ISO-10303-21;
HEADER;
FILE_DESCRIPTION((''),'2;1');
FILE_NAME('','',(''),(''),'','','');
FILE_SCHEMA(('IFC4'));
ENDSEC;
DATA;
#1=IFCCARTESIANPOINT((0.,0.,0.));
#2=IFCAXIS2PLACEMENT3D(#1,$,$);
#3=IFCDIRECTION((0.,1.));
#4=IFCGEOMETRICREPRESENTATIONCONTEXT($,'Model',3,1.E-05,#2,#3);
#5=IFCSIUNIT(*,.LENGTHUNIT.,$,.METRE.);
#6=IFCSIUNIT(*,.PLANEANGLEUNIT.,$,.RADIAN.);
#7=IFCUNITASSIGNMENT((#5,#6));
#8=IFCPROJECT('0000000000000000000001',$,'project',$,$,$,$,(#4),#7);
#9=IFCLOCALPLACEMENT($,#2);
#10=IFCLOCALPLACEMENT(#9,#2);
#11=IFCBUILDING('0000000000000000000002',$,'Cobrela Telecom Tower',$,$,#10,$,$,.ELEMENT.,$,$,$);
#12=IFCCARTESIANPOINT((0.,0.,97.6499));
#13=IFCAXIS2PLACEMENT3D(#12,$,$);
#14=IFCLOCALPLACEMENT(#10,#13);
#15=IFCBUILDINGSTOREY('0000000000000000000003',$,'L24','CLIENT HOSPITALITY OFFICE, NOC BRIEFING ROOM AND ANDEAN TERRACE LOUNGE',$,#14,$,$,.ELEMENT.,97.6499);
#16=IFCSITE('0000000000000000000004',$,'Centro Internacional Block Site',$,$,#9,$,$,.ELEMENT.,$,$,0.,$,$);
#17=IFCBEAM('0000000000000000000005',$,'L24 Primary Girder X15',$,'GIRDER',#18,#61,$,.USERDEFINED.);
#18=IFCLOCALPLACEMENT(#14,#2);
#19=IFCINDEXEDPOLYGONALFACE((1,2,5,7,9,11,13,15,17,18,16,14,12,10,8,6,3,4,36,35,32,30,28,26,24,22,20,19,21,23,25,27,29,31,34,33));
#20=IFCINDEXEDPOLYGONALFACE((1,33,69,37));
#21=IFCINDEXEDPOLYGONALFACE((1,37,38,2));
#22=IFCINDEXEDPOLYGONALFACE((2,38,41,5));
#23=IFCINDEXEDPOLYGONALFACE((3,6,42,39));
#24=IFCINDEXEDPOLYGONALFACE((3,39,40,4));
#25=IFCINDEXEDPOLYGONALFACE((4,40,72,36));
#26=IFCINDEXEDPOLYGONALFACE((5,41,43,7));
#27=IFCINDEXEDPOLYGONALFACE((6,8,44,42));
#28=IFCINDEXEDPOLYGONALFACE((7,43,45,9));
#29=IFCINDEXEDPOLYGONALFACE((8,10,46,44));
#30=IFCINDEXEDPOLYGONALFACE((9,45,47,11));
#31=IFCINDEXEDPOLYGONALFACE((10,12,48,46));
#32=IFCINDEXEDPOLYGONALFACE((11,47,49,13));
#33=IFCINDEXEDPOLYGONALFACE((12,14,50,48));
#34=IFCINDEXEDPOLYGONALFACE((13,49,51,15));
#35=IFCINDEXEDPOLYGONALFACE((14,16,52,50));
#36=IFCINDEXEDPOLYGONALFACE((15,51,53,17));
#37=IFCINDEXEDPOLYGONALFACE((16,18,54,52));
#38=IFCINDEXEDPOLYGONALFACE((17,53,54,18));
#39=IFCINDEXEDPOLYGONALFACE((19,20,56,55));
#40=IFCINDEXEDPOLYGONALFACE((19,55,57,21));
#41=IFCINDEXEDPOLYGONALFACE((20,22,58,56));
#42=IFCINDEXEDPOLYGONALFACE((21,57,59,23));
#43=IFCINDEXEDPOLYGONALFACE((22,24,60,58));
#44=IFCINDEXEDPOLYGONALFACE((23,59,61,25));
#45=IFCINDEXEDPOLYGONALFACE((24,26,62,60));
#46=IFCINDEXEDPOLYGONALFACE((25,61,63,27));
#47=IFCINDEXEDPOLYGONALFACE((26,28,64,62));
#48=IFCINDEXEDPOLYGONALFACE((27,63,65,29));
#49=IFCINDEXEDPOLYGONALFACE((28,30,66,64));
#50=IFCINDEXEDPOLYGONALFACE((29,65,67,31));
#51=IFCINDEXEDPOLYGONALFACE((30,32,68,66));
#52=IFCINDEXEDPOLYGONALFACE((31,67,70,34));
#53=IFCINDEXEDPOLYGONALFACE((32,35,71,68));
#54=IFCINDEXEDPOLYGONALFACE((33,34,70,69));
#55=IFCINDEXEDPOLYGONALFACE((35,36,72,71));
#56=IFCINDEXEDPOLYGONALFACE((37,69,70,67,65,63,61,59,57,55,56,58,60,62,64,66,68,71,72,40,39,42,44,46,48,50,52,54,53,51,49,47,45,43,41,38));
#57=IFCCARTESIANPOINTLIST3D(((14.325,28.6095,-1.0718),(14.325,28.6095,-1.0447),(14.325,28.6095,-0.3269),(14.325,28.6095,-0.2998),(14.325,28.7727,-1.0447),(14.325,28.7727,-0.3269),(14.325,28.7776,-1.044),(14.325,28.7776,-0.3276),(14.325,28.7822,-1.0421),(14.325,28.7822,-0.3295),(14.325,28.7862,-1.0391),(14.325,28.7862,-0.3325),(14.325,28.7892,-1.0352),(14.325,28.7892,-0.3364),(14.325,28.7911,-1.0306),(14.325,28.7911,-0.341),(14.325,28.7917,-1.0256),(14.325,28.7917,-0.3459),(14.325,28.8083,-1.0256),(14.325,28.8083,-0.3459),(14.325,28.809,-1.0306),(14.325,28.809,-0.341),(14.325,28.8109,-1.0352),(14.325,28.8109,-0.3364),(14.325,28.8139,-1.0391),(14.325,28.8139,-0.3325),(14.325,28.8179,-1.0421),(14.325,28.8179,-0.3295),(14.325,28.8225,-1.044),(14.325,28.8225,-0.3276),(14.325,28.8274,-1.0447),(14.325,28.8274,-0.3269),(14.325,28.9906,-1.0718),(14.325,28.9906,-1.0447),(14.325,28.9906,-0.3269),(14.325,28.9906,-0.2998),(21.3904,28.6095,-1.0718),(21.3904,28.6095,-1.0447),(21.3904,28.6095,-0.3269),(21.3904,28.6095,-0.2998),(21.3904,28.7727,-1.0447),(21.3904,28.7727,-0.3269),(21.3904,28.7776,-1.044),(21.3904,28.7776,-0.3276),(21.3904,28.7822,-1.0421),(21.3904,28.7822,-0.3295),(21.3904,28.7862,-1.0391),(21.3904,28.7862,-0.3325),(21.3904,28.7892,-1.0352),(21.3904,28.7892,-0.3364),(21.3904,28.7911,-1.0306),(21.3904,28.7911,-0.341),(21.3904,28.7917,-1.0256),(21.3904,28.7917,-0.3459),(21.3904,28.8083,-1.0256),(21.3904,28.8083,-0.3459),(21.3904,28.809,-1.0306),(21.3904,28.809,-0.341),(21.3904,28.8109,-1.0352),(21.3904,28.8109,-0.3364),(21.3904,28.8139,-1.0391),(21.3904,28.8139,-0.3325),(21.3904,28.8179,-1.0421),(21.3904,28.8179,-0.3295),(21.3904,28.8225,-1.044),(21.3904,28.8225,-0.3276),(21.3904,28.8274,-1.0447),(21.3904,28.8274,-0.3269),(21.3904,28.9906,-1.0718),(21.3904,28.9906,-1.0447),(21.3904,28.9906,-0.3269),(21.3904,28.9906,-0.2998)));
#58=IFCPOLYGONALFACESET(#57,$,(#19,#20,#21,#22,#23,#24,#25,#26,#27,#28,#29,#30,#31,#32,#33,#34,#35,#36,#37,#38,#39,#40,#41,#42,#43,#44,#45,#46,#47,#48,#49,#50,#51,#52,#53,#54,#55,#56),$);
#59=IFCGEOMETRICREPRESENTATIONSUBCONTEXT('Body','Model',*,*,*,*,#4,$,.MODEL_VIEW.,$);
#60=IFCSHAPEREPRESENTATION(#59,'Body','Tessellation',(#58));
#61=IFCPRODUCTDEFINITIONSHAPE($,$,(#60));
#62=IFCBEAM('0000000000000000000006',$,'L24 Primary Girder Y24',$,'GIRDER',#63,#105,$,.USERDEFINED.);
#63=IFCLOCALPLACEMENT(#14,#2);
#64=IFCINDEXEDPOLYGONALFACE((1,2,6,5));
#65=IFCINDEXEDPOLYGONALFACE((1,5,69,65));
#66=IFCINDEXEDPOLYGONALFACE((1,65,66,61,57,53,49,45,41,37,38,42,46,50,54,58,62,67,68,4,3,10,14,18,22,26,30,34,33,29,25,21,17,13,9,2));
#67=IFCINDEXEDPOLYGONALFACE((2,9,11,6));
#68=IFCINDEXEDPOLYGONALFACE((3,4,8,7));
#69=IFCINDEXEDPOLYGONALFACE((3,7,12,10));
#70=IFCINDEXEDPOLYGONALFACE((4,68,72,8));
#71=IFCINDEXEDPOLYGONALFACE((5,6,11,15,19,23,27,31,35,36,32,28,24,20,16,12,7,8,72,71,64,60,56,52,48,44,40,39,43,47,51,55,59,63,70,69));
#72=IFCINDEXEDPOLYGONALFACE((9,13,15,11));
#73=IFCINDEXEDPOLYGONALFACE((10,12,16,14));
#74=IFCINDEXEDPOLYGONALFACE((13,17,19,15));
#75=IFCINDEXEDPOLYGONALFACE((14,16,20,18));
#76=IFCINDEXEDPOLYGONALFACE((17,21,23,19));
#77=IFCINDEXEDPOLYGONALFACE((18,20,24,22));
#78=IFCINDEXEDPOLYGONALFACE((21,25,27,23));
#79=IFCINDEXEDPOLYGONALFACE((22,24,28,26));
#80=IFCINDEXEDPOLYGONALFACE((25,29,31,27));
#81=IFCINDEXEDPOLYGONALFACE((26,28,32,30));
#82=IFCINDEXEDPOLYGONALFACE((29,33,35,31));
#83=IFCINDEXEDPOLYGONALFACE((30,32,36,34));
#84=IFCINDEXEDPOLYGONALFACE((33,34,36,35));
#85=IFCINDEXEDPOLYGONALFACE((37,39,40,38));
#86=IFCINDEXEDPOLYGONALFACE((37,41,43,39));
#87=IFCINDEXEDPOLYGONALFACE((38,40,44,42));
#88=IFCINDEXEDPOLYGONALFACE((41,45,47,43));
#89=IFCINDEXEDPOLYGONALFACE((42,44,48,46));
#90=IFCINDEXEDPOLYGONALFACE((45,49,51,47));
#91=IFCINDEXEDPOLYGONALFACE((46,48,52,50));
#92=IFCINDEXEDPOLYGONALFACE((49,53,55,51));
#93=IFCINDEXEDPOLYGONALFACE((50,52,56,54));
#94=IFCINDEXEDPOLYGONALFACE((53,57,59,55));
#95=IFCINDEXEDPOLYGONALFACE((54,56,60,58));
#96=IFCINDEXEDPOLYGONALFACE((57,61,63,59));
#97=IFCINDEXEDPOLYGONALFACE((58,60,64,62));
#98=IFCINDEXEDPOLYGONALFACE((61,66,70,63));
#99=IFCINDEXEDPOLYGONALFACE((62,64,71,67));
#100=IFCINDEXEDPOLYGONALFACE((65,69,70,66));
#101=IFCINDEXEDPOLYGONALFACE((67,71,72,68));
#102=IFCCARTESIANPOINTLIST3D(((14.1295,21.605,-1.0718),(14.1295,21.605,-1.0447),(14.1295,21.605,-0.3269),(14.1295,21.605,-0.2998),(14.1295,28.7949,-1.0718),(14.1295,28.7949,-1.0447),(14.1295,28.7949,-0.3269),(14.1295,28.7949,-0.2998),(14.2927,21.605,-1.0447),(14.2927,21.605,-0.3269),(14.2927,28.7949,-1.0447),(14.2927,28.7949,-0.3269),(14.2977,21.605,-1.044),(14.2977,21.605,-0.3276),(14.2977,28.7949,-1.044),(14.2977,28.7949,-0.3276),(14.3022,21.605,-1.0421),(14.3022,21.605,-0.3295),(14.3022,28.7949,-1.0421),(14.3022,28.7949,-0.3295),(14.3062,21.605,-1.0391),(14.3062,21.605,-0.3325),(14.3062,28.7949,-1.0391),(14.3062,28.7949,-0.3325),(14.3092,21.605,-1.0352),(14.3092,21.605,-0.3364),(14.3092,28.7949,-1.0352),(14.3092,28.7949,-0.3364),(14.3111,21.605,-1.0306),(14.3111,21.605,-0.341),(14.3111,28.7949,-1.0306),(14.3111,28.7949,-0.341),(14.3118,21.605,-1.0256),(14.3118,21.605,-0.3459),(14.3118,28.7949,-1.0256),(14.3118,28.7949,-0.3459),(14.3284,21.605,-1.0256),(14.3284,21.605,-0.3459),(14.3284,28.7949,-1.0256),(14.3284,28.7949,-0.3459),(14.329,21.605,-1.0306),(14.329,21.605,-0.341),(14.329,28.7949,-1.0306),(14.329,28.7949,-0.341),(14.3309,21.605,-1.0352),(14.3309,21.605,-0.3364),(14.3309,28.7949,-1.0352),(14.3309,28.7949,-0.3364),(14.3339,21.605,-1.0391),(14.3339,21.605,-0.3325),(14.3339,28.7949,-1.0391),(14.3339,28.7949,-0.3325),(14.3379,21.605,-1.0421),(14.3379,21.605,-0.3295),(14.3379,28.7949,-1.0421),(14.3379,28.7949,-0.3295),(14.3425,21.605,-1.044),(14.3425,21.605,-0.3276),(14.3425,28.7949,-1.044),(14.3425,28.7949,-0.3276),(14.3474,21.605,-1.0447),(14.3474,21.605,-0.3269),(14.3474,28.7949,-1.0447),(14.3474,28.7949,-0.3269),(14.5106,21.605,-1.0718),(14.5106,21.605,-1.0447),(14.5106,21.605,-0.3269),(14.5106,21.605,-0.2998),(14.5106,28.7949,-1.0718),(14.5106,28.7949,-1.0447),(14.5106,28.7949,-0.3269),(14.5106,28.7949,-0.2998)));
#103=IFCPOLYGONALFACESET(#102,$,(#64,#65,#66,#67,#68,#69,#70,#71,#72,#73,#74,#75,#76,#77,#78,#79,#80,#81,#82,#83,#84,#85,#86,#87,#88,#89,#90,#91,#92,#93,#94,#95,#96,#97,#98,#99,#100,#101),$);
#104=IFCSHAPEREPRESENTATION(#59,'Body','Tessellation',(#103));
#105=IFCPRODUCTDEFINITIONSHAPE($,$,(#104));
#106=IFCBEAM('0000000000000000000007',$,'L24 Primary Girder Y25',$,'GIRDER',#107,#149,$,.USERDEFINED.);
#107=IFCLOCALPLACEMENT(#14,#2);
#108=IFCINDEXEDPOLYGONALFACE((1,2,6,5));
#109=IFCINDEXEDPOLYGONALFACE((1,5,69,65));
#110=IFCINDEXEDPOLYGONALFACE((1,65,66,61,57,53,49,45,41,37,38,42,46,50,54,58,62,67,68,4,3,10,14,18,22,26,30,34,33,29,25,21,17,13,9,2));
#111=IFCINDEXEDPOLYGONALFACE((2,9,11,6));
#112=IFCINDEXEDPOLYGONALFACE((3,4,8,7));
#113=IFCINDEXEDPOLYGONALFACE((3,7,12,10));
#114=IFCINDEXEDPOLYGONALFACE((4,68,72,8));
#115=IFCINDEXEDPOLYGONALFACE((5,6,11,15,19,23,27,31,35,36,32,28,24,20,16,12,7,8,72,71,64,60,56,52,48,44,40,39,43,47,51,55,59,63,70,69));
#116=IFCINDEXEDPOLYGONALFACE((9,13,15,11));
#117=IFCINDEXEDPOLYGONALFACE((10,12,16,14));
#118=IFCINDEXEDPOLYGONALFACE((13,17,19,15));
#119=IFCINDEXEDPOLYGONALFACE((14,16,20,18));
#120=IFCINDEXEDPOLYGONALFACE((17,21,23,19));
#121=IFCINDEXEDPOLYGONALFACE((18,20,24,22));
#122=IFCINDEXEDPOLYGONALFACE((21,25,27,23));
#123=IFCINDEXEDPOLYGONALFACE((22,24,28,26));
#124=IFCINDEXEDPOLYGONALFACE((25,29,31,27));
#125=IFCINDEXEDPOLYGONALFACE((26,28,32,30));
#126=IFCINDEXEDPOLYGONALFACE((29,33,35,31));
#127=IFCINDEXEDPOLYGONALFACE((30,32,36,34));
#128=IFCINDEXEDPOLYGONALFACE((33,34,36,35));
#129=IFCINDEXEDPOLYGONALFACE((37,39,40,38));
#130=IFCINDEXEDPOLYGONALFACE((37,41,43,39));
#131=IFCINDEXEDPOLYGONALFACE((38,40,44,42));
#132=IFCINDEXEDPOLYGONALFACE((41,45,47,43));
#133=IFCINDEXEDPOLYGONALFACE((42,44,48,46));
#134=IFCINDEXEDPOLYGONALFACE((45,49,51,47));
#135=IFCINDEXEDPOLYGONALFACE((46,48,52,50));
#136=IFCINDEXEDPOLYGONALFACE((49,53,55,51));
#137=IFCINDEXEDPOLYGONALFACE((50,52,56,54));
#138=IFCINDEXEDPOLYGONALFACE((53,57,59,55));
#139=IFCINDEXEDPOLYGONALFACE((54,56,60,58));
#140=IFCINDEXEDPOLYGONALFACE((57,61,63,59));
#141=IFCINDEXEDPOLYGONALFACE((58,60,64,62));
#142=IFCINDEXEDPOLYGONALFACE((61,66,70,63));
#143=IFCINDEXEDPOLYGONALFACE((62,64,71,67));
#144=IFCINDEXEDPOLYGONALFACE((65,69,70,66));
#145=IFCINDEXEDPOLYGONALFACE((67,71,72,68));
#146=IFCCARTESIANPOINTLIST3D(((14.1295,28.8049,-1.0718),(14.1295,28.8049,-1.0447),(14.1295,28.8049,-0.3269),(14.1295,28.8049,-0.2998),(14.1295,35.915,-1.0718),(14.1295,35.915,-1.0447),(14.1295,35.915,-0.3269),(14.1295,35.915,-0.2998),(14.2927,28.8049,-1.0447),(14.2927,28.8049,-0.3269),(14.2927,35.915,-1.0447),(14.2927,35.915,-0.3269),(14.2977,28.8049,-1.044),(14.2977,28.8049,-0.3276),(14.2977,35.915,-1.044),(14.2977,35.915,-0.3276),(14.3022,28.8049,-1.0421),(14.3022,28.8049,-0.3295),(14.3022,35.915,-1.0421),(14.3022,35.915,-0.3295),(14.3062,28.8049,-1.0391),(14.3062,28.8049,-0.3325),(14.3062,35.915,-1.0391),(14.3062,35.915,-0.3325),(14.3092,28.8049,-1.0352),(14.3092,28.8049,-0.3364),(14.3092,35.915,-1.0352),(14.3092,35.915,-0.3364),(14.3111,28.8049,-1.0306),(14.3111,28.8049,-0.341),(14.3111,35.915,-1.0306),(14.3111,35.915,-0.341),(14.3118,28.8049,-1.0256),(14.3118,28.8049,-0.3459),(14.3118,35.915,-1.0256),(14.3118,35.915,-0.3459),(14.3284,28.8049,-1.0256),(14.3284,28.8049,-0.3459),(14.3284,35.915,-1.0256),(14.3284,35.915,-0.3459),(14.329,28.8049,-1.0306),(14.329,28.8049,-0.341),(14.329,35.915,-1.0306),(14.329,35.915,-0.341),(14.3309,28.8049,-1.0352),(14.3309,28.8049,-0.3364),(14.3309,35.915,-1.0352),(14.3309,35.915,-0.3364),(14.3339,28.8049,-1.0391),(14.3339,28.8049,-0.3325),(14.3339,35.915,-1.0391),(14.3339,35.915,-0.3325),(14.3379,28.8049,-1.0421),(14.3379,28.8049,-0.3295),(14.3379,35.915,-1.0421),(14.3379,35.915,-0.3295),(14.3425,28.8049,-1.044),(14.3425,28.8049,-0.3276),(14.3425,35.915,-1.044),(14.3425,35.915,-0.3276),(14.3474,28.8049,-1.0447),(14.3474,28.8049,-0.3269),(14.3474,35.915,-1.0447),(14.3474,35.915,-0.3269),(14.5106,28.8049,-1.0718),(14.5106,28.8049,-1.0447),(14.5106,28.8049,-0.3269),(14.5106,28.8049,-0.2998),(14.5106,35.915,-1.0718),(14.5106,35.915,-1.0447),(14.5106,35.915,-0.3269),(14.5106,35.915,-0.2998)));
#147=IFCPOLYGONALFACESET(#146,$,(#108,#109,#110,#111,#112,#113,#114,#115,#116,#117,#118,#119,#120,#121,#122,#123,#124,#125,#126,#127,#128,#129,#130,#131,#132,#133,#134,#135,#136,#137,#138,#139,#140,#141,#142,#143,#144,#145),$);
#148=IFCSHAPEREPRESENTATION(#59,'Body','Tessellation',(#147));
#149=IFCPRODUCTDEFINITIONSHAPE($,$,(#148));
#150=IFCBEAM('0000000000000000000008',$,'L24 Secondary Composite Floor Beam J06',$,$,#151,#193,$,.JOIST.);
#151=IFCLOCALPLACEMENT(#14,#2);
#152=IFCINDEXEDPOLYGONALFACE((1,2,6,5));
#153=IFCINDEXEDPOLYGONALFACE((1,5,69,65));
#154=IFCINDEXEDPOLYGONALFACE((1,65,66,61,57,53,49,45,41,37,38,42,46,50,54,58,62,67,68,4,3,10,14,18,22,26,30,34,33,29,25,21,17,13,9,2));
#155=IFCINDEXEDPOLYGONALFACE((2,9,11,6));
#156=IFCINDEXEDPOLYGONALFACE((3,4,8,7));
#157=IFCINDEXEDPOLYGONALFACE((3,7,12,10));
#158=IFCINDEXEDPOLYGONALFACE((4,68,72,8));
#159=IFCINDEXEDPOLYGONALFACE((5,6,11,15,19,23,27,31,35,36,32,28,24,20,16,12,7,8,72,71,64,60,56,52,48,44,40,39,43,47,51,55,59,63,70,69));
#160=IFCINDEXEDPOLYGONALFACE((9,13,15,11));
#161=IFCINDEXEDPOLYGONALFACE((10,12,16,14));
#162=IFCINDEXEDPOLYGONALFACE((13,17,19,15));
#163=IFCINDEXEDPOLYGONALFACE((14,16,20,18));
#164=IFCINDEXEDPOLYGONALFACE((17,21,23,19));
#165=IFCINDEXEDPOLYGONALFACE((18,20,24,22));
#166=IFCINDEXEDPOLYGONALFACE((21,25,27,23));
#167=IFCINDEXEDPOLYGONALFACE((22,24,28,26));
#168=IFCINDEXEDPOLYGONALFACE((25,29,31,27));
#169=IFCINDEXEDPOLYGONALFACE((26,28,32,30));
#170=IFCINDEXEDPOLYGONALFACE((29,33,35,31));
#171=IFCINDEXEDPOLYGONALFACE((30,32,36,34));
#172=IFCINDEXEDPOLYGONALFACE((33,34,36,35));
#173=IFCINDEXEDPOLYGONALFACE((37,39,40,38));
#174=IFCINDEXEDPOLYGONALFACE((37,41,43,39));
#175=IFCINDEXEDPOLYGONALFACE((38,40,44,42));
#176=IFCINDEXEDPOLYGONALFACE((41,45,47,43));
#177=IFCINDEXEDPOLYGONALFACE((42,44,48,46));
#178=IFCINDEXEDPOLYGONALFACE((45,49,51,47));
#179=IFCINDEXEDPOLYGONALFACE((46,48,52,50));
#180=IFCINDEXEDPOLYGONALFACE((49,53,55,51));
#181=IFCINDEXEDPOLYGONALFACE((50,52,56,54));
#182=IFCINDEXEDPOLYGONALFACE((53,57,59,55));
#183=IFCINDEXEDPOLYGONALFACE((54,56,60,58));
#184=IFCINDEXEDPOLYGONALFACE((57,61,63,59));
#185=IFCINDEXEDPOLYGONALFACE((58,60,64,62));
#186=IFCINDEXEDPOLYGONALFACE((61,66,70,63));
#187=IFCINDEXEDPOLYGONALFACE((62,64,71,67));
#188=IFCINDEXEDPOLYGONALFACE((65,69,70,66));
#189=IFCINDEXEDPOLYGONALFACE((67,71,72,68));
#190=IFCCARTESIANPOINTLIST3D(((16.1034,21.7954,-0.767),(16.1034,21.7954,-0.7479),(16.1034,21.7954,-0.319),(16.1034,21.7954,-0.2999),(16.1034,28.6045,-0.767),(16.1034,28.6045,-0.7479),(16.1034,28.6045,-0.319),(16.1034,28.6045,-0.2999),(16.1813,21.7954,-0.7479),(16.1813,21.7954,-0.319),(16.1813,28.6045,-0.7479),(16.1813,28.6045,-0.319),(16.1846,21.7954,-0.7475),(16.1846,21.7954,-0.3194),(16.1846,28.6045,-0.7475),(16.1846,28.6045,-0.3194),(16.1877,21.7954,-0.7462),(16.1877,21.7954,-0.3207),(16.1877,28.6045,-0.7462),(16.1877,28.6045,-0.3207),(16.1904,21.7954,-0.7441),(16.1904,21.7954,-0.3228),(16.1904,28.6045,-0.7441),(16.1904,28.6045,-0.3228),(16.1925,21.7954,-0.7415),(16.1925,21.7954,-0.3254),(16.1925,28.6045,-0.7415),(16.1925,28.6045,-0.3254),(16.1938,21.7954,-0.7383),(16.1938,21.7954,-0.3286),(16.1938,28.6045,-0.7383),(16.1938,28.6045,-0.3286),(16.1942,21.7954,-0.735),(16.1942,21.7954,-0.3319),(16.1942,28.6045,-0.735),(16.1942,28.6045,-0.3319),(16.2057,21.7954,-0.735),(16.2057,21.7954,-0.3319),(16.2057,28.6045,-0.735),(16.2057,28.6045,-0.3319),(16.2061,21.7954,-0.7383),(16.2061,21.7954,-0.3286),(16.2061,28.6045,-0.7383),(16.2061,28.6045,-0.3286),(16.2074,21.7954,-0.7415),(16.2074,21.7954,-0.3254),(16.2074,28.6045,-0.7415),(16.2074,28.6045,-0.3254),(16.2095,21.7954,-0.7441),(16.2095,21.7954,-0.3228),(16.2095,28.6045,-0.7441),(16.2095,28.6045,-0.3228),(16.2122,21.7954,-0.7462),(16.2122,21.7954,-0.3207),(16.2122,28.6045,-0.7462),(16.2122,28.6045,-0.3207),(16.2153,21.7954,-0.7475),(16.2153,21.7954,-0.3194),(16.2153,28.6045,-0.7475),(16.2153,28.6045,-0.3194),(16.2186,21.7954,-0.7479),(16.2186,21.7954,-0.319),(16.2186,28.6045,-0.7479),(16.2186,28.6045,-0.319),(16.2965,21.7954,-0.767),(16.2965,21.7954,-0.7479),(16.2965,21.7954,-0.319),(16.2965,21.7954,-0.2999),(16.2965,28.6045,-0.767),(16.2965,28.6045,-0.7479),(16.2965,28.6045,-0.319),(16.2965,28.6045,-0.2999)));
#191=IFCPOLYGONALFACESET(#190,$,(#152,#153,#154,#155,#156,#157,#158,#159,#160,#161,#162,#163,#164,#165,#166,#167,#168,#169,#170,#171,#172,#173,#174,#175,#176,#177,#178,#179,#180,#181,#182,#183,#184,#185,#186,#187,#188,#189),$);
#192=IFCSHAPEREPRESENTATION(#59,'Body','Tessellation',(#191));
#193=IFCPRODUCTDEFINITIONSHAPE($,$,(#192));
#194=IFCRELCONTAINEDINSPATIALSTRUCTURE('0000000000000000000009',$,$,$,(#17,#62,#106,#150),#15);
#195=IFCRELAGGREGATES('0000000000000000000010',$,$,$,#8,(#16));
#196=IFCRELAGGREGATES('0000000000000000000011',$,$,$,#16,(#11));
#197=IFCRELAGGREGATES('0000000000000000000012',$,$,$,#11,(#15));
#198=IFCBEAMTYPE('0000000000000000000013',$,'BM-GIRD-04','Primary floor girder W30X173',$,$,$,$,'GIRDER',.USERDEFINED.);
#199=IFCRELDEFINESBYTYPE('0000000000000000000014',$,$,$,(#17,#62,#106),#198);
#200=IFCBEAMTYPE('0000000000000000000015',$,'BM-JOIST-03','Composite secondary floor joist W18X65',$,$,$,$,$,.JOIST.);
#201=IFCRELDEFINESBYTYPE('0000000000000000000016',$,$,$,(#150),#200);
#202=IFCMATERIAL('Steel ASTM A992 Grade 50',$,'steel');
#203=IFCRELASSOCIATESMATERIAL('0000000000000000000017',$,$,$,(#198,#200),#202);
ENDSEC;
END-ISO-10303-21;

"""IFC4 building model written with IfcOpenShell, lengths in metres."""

from ifc_helpers import new_model, si_unit, direction, frame, origin, origin_2d, place, context, subcontext, project, spatial, i_section, extrude, material, material_profile, profile_set, type_object, element, save


model = new_model("IFC4")

# Units and contexts
model_context = context("Model", 3, precision=1e-05, world=origin(), true_north=direction((0.0, 1.0)))
body_context = subcontext(model_context, "Body", "Model", "MODEL_VIEW")
ifc_project = project(units=[si_unit("LENGTHUNIT", "METRE"), si_unit("PLANEANGLEUNIT", "RADIAN")], contexts=[model_context])

# Site, building, storey
site_placement = place(None, origin())
site = spatial("IfcSite", under=ifc_project, at=site_placement, Name="Centro Internacional Block Site", CompositionType="ELEMENT", RefElevation=0.0)
building_placement = place(site_placement, origin())
building = spatial("IfcBuilding", under=site, at=building_placement, Name="Cobrela Telecom Tower", CompositionType="ELEMENT")
storey_placement = place(building_placement, frame((0.0, 0.0, 97.6499)))
storey = spatial("IfcBuildingStorey", under=building, at=storey_placement, Name="L24", Description="CLIENT HOSPITALITY OFFICE, NOC BRIEFING ROOM AND ANDEAN TERRACE LOUNGE", CompositionType="ELEMENT", Elevation=97.6499)

# Beams
ifc_material_1 = material(Name="Steel ASTM A992 Grade 50", Category="steel")
ifc_material_profile_1 = material_profile(ifc_material_1, i_section(OverallWidth=0.3811, OverallDepth=0.772, WebThickness=0.0166, FlangeThickness=0.0271, FilletRadius=0.019, at=origin_2d()), Name="W30X173")
ifc_profile_set_1 = profile_set([ifc_material_profile_1], Name="Steel ASTM A992 Grade 50")
beam_type_1 = type_object("IfcBeamType", Name="BM-GIRD-04", Description="Primary floor girder W30X173", ElementType="GIRDER", PredefinedType="USERDEFINED", material=ifc_profile_set_1)
beam_1_placement = place(storey_placement, frame((14.325, 28.8, -0.6858), z_axis=(1.0, 0.0, 0.0), x_axis=(0.0, 1.0, 0.0)))
element("IfcBeam", 1, at=beam_1_placement, inside=storey, type_object=beam_type_1, Name="L24 Primary Girder X15", ObjectType="GIRDER", PredefinedType="USERDEFINED", context=body_context, shape_type="SweptSolid", body=[
    extrude(i_section(OverallWidth=0.3811, OverallDepth=0.772, WebThickness=0.0166, FlangeThickness=0.0271, FilletRadius=0.019, at=origin_2d()), origin(), (0.0, 0.0, 1.0), 7.0654),
])
beam_2_placement = place(storey_placement, frame((14.3201, 21.605, -0.6858), z_axis=(0.0, 1.0, 0.0), x_axis=(-1.0, 0.0, 0.0)))
element("IfcBeam", 2, at=beam_2_placement, inside=storey, type_object=beam_type_1, Name="L24 Primary Girder Y24", ObjectType="GIRDER", PredefinedType="USERDEFINED", context=body_context, shape_type="SweptSolid", body=[
    extrude(i_section(OverallWidth=0.3811, OverallDepth=0.772, WebThickness=0.0166, FlangeThickness=0.0271, FilletRadius=0.019, at=origin_2d()), origin(), (0.0, 0.0, 1.0), 7.1899),
])
beam_3_placement = place(storey_placement, frame((14.3201, 28.8049, -0.6858), z_axis=(0.0, 1.0, 0.0), x_axis=(-1.0, 0.0, 0.0)))
element("IfcBeam", 3, at=beam_3_placement, inside=storey, type_object=beam_type_1, Name="L24 Primary Girder Y25", ObjectType="GIRDER", PredefinedType="USERDEFINED", context=body_context, shape_type="SweptSolid", body=[
    extrude(i_section(OverallWidth=0.3811, OverallDepth=0.772, WebThickness=0.0166, FlangeThickness=0.0271, FilletRadius=0.019, at=origin_2d()), origin(), (0.0, 0.0, 1.0), 7.1101),
])
ifc_material_profile_2 = material_profile(ifc_material_1, i_section(OverallWidth=0.1931, OverallDepth=0.467, WebThickness=0.0115, FlangeThickness=0.019, FilletRadius=0.0129, at=origin_2d()), Name="W18X65")
ifc_profile_set_2 = profile_set([ifc_material_profile_2], Name="Steel ASTM A992 Grade 50")
beam_type_2 = type_object("IfcBeamType", Name="BM-JOIST-03", Description="Composite secondary floor joist W18X65", PredefinedType="JOIST", material=ifc_profile_set_2)
beam_4_placement = place(storey_placement, frame((16.2, 21.7954, -0.5334), z_axis=(0.0, 1.0, 0.0), x_axis=(-1.0, 0.0, 0.0)))
element("IfcBeam", 4, at=beam_4_placement, inside=storey, type_object=beam_type_2, Name="L24 Secondary Composite Floor Beam J06", PredefinedType="JOIST", context=body_context, shape_type="SweptSolid", body=[
    extrude(i_section(OverallWidth=0.1931, OverallDepth=0.467, WebThickness=0.0115, FlangeThickness=0.019, FilletRadius=0.0129, at=origin_2d()), origin(), (0.0, 0.0, 1.0), 6.8091),
])

save(model, "model.ifc")
